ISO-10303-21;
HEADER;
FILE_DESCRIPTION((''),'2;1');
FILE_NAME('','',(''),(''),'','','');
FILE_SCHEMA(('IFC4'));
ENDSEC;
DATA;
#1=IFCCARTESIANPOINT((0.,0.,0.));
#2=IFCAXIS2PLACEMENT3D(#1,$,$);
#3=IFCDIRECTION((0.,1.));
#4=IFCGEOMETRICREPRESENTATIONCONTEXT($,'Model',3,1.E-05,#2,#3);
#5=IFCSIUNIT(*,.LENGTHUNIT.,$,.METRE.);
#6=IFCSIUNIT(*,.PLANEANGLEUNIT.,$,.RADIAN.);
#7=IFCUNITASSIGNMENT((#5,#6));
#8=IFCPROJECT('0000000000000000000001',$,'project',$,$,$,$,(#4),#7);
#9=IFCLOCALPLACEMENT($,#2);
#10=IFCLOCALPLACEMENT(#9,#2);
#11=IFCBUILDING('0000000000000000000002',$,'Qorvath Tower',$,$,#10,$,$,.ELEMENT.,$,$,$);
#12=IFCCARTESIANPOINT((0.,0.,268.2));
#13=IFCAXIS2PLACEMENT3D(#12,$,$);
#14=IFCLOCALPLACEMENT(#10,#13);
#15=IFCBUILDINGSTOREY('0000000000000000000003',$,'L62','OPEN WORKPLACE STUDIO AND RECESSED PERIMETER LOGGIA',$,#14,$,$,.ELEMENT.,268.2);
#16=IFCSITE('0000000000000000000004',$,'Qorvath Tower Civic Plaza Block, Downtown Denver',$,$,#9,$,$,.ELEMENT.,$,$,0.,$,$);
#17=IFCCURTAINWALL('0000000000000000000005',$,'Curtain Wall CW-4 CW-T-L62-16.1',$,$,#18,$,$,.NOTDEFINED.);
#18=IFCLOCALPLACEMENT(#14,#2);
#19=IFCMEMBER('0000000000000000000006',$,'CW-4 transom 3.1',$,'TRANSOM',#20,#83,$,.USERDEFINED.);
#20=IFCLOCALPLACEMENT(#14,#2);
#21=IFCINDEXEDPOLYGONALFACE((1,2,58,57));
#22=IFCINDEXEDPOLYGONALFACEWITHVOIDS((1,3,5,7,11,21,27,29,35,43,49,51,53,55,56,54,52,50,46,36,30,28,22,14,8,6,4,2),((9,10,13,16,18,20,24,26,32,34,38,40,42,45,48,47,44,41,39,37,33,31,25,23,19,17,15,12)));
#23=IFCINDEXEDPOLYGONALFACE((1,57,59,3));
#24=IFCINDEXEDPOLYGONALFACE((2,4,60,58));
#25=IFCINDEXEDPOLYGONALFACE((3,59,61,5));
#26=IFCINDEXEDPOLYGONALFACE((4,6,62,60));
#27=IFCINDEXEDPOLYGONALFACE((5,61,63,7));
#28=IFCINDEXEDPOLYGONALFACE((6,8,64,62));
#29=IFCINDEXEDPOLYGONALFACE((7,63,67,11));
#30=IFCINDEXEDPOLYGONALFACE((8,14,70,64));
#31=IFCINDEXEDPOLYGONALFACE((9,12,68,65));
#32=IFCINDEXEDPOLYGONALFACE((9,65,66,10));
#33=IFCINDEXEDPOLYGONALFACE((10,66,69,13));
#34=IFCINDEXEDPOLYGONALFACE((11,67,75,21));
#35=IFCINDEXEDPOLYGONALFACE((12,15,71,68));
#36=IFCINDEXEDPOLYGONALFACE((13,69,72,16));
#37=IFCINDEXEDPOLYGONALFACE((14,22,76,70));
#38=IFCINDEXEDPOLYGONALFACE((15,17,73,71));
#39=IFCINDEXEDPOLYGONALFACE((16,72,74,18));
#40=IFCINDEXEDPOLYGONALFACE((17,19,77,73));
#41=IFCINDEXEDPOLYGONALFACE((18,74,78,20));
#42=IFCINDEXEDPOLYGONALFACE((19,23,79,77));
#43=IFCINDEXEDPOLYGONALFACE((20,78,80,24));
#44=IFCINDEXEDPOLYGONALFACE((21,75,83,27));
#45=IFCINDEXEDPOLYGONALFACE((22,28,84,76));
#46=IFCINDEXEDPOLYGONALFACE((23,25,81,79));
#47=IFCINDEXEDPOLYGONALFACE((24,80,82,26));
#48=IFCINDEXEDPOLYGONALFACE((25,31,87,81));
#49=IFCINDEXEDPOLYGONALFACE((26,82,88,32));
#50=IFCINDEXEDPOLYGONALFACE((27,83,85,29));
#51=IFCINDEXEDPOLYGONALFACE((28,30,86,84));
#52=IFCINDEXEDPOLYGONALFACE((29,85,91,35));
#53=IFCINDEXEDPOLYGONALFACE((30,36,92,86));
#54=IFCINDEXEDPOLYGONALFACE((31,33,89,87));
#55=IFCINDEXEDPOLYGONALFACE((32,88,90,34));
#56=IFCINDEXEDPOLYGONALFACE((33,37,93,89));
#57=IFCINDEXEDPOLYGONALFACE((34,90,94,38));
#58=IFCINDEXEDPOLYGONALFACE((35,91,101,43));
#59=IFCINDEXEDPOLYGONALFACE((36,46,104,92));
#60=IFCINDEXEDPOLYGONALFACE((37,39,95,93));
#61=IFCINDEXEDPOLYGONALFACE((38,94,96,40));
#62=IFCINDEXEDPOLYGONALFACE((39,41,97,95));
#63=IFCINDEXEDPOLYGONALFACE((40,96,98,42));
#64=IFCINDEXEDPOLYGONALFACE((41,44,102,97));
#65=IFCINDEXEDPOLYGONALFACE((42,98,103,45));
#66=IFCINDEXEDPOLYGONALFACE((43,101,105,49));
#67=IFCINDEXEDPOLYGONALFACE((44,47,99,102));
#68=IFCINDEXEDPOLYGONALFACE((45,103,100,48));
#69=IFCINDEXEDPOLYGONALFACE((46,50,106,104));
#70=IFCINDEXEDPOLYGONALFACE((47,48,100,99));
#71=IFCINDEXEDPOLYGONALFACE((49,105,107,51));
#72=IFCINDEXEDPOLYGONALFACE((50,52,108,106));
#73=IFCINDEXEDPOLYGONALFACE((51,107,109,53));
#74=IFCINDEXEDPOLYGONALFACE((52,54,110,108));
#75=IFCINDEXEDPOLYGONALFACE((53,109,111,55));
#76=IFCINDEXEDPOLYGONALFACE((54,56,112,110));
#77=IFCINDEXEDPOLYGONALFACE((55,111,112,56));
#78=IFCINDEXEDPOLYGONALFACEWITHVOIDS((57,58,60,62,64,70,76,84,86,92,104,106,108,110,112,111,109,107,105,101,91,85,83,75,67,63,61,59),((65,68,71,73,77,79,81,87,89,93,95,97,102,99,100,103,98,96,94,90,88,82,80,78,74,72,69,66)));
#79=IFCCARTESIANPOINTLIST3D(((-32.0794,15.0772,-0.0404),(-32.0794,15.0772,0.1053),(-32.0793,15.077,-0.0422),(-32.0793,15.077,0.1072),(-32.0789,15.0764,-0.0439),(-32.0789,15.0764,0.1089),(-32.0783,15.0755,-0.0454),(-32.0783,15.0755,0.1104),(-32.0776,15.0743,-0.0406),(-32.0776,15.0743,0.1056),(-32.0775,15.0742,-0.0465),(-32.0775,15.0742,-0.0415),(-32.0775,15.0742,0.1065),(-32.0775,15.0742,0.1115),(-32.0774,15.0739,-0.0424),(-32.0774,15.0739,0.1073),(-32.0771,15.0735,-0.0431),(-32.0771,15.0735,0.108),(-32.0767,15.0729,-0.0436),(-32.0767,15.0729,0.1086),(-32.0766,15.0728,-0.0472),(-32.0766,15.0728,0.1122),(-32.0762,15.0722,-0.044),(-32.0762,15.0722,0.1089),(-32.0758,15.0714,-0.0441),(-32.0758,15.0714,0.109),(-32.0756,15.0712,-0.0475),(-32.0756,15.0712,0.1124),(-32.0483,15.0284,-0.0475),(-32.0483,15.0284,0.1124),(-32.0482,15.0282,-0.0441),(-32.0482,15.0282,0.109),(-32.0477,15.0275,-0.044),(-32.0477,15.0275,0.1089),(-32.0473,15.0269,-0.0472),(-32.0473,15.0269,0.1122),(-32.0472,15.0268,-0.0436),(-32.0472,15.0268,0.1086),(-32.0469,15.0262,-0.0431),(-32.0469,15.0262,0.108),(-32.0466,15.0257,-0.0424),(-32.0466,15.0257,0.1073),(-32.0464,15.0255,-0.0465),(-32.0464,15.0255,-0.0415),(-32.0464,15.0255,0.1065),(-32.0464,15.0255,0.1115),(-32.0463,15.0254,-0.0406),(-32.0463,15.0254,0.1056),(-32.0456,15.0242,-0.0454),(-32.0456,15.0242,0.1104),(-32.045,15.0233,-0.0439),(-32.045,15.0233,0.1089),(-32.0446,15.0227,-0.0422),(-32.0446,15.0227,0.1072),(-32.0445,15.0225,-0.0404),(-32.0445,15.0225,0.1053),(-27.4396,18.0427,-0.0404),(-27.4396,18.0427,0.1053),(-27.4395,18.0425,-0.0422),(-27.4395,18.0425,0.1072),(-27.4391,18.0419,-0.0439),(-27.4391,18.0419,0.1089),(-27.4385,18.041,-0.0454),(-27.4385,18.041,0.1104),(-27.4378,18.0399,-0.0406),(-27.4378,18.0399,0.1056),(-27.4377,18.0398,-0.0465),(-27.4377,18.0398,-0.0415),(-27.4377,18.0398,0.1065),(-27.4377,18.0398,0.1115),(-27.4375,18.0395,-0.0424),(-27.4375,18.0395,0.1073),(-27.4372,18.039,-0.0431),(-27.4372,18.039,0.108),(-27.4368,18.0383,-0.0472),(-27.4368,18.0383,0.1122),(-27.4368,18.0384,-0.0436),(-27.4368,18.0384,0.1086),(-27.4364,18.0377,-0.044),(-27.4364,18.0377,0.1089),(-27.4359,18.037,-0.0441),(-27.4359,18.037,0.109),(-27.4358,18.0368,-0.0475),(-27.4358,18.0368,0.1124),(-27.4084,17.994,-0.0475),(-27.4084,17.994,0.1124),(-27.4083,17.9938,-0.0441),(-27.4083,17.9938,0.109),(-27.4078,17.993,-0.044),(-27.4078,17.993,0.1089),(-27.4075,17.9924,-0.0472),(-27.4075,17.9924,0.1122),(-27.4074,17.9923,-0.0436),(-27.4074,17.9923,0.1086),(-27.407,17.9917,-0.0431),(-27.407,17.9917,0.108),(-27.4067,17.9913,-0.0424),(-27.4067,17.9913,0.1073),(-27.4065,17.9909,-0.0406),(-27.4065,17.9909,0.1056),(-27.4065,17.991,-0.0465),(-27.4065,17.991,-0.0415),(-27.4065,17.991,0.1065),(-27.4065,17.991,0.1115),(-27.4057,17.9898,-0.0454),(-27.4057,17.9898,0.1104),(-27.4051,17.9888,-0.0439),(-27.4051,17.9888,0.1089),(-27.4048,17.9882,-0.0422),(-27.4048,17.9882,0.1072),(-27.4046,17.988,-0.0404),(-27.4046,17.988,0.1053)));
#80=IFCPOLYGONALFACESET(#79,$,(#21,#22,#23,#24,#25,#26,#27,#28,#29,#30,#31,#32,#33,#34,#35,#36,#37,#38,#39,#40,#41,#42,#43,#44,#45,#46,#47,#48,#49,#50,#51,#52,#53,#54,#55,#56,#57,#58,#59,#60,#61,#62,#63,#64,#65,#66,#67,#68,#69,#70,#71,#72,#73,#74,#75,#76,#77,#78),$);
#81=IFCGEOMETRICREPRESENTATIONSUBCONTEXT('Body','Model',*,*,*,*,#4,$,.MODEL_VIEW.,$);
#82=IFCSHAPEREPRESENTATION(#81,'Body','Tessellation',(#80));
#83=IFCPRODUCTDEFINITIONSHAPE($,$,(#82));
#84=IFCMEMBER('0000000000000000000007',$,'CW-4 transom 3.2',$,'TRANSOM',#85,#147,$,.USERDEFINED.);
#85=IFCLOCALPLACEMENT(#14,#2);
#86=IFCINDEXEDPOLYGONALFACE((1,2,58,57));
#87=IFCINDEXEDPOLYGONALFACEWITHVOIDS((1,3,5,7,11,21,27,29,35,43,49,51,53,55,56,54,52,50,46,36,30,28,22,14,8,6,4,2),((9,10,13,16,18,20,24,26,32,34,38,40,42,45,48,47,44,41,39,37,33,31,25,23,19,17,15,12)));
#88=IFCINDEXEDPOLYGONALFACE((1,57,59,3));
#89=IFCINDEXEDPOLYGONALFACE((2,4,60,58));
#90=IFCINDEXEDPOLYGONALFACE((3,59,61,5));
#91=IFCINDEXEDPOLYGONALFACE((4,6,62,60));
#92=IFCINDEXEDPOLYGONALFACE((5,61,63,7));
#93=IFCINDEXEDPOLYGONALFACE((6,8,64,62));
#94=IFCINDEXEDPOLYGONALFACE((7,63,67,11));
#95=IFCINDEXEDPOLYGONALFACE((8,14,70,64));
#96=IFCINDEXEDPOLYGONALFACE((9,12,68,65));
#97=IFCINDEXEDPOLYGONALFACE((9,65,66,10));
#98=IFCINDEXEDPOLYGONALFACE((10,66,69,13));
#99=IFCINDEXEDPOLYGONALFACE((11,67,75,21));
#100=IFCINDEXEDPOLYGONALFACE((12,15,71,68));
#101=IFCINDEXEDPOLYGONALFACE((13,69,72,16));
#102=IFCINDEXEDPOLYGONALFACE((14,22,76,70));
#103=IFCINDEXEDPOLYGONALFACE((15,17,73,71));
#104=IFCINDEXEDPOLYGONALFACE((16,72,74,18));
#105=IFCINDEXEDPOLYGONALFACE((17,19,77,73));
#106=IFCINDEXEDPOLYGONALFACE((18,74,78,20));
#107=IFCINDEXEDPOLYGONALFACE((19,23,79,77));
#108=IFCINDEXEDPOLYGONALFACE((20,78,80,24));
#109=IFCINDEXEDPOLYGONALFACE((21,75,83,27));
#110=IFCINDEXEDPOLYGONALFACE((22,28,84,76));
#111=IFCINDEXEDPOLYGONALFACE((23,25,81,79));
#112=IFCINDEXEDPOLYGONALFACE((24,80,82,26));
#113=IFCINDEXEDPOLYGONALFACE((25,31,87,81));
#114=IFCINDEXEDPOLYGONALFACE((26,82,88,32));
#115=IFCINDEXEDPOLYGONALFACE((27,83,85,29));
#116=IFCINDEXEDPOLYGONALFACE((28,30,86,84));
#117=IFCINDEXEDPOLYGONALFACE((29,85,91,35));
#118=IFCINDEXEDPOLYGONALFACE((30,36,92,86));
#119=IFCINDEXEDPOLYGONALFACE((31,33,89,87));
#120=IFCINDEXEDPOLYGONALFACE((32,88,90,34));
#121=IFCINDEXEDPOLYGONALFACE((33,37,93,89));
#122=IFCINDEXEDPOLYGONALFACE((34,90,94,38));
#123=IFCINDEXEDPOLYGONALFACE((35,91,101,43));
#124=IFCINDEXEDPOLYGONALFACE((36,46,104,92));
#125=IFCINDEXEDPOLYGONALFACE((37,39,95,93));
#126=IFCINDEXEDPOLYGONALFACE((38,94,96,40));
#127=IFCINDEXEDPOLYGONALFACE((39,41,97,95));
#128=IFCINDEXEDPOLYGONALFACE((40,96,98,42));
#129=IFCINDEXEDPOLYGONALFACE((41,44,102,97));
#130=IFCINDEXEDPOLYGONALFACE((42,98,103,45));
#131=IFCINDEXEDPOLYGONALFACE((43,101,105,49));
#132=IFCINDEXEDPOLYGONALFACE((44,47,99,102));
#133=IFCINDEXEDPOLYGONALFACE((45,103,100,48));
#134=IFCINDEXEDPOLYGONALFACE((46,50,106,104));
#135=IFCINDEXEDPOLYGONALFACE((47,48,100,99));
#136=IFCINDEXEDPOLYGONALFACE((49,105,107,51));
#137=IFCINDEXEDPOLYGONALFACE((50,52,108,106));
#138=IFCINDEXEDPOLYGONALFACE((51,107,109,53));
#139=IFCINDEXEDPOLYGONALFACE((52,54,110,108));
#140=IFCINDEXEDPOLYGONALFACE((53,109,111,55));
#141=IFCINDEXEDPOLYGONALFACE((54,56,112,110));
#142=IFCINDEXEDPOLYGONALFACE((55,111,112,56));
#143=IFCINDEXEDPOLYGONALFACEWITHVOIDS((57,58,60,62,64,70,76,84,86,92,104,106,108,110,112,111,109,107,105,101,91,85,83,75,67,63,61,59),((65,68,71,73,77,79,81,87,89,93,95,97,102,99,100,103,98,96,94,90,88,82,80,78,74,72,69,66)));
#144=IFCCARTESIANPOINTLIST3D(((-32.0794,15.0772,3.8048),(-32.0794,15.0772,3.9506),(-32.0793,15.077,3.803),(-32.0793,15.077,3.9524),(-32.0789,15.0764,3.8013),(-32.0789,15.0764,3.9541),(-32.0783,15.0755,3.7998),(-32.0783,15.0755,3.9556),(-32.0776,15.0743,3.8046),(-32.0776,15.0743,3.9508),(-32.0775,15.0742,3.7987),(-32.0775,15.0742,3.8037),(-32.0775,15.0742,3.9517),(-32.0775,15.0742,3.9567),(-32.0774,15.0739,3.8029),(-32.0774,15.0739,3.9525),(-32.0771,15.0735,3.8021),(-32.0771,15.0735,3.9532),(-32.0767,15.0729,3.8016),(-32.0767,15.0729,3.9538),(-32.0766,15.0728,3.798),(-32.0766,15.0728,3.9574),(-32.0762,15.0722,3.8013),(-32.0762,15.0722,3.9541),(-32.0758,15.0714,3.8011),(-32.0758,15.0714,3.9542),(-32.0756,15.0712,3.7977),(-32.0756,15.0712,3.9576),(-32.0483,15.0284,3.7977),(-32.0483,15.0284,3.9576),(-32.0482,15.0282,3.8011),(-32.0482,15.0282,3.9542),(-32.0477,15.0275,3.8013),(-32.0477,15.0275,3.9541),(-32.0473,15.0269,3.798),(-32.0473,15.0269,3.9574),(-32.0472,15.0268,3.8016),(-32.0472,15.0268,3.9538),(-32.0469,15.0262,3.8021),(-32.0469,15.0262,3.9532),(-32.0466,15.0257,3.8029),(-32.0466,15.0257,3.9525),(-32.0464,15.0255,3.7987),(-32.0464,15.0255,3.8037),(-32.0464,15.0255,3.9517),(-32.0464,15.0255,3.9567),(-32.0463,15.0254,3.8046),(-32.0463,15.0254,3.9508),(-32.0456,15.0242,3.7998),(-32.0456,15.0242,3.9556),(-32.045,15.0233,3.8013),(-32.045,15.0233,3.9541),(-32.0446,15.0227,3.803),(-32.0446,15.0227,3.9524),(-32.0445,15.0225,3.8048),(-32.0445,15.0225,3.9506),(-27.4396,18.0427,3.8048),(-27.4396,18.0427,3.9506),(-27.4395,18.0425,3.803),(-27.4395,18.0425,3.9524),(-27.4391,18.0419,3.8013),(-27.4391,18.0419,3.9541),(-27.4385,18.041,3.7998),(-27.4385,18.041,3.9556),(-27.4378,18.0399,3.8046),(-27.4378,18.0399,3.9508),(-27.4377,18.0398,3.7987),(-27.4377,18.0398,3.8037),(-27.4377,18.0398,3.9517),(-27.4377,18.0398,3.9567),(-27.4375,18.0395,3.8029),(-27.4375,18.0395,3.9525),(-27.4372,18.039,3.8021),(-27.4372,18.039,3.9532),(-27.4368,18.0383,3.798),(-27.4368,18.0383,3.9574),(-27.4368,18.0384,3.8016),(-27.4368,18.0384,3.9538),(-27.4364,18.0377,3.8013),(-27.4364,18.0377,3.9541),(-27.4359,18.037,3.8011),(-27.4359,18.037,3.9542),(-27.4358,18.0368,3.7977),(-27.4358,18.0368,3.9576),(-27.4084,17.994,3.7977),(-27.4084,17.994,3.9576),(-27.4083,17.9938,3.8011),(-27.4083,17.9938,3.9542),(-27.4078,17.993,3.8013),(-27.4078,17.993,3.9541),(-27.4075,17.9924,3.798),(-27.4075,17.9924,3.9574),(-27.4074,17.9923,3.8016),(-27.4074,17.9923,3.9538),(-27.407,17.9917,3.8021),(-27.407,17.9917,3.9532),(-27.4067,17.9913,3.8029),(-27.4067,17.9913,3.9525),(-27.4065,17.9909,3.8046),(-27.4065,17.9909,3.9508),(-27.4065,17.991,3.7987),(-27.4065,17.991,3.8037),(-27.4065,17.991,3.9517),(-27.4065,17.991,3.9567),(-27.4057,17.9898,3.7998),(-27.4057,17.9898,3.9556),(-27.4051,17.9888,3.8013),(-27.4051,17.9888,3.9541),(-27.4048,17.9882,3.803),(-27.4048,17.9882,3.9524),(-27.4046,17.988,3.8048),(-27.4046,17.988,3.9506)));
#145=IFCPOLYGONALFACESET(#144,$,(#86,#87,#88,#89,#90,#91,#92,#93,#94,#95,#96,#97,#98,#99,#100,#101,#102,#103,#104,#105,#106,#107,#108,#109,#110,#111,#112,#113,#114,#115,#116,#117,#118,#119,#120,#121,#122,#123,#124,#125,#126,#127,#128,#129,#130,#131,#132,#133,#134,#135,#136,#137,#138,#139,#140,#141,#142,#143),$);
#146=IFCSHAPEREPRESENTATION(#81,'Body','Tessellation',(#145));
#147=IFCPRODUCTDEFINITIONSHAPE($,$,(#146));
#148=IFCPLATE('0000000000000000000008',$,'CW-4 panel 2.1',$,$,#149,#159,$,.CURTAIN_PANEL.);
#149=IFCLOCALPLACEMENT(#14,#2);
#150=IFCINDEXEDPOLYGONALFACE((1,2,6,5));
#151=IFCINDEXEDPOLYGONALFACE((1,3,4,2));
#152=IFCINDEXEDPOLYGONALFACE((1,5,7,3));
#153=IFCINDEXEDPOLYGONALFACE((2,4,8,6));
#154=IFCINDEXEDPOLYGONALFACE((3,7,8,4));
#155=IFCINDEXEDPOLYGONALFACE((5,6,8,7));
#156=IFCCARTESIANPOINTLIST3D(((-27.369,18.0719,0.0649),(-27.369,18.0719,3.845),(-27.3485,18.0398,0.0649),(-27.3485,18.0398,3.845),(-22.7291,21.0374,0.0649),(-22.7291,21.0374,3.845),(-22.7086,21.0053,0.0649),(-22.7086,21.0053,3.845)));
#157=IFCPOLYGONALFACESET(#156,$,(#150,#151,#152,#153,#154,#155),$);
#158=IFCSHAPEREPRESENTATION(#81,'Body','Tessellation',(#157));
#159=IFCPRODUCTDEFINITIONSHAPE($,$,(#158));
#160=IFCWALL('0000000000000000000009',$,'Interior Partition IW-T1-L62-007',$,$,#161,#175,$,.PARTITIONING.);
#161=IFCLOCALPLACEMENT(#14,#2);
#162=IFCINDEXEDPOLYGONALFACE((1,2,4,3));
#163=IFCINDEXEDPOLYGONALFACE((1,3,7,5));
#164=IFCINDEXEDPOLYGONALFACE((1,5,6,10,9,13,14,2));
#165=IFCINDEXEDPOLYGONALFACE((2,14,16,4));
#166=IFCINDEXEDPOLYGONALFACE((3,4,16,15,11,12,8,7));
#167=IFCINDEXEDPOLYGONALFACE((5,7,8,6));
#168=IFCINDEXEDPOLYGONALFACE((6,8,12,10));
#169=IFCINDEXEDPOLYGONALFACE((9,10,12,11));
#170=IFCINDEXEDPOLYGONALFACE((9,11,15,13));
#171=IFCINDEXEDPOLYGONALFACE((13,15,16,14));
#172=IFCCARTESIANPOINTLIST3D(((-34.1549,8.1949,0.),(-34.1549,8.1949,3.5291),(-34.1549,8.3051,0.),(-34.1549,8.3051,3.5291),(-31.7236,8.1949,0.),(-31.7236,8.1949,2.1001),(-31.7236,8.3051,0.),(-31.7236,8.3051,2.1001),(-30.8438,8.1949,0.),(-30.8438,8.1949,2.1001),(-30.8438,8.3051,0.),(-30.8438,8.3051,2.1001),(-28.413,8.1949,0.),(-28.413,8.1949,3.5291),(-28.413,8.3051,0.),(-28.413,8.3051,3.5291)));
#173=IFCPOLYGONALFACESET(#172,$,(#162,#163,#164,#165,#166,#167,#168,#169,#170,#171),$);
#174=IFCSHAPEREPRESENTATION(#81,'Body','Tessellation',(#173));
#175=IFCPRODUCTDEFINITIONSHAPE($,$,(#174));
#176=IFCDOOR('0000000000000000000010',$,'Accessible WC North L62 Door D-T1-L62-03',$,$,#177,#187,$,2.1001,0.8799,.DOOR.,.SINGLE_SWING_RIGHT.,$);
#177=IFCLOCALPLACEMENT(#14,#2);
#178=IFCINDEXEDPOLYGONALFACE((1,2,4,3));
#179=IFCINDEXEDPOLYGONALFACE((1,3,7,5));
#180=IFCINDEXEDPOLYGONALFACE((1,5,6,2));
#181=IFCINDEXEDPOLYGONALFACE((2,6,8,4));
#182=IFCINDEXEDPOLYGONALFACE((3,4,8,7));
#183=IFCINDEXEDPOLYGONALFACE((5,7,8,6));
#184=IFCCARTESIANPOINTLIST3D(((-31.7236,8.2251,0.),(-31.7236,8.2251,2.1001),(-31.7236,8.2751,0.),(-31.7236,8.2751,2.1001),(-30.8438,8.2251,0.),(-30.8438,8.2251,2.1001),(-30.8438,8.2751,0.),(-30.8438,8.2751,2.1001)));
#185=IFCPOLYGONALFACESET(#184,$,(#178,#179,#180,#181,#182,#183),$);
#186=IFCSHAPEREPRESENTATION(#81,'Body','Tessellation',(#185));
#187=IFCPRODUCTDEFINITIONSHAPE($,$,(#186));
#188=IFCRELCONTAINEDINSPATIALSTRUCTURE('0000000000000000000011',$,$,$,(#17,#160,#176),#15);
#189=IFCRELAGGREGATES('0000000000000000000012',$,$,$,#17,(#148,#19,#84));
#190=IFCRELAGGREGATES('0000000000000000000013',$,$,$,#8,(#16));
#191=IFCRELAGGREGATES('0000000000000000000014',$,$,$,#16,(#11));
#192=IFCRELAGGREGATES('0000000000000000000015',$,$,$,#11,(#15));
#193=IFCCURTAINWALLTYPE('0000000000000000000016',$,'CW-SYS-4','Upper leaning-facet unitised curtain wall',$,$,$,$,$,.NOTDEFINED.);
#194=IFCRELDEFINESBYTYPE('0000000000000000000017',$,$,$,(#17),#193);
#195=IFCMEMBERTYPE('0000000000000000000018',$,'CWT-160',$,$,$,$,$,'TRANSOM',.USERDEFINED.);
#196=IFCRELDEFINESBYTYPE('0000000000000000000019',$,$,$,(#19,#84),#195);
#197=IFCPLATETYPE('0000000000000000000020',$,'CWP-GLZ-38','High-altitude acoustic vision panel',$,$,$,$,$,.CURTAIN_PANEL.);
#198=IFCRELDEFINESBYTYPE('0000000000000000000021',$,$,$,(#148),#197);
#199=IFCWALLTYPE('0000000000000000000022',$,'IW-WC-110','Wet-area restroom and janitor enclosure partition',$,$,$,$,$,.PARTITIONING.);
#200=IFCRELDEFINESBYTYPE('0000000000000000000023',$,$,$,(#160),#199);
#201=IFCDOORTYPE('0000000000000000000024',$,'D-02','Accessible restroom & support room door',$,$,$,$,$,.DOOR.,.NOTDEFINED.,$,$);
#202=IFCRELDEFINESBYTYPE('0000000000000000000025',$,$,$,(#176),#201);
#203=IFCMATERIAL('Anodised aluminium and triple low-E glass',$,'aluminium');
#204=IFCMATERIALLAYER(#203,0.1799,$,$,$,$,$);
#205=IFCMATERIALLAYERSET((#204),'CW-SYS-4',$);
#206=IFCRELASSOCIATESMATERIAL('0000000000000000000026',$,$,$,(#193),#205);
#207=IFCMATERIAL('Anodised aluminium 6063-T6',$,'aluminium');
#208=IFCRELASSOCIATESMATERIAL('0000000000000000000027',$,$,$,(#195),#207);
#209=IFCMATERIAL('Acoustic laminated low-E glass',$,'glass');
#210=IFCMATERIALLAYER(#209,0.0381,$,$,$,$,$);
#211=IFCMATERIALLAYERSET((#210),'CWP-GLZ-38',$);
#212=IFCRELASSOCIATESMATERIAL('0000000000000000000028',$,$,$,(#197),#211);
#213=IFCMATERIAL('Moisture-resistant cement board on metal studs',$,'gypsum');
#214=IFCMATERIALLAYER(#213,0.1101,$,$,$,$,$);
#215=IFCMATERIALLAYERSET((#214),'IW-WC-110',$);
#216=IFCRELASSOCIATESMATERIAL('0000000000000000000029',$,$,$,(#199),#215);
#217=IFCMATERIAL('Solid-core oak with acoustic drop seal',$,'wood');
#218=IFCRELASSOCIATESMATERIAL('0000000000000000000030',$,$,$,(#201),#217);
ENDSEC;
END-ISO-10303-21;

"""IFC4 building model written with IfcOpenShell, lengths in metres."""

from ifc_helpers import new_model, si_unit, direction, frame, frame_2d, origin, origin_2d, place, context, subcontext, project, spatial, rectangle, hollow_rectangle, extrude, material, layer, layer_set, material_profile, profile_set, type_object, element, fill, aggregate, save


model = new_model("IFC4")

# Units and contexts
model_context = context("Model", 3, precision=1e-05, world=origin(), true_north=direction((0.0, 1.0)))
body_context = subcontext(model_context, "Body", "Model", "MODEL_VIEW")
ifc_project = project(units=[si_unit("LENGTHUNIT", "METRE"), si_unit("PLANEANGLEUNIT", "RADIAN")], contexts=[model_context])

# Site, building, storey
site_placement = place(None, origin())
site = spatial("IfcSite", under=ifc_project, at=site_placement, Name="Qorvath Tower Civic Plaza Block, Downtown Denver", CompositionType="ELEMENT", RefElevation=0.0)
building_placement = place(site_placement, origin())
building = spatial("IfcBuilding", under=site, at=building_placement, Name="Qorvath Tower", CompositionType="ELEMENT")
storey_placement = place(building_placement, frame((0.0, 0.0, 268.2)))
storey = spatial("IfcBuildingStorey", under=building, at=storey_placement, Name="L62", Description="OPEN WORKPLACE STUDIO AND RECESSED PERIMETER LOGGIA", CompositionType="ELEMENT", Elevation=268.2)

# Curtain wall, members, plate
ifc_material_1 = material(Name="Anodised aluminium and triple low-E glass", Category="aluminium")
ifc_layer_1 = layer(ifc_material_1, 0.1799)
ifc_layer_set_1 = layer_set([ifc_layer_1], Name="CW-SYS-4")
curtain_wall_type = type_object("IfcCurtainWallType", Name="CW-SYS-4", Description="Upper leaning-facet unitised curtain wall", PredefinedType="NOTDEFINED", material=ifc_layer_set_1)
curtain_wall_placement = place(storey_placement, origin())
curtain_wall = element("IfcCurtainWall", 1, at=curtain_wall_placement, inside=storey, type_object=curtain_wall_type, Name="Curtain Wall CW-4 CW-T-L62-16.1", PredefinedType="NOTDEFINED")
ifc_material_2 = material(Name="Anodised aluminium 6063-T6", Category="aluminium")
ifc_material_profile_1 = material_profile(ifc_material_2, hollow_rectangle(XDim=0.0649, YDim=0.1599, WallThickness=0.0034, InnerFilletRadius=0.0034, OuterFilletRadius=0.0071, at=origin_2d()), Name="CWT 160x65")
ifc_profile_set_1 = profile_set([ifc_material_profile_1], Name="Anodised aluminium 6063-T6")
member_type_1 = type_object("IfcMemberType", Name="CWT-160", ElementType="TRANSOM", PredefinedType="USERDEFINED", material=ifc_profile_set_1)
member_1_placement = place(storey_placement, frame((-27.4221, 18.0154, 0.0325), z_axis=(-0.842597, -0.538544, 0.0), x_axis=(0.538544, -0.842597, 0.0)))
member_1 = element("IfcMember", 2, at=member_1_placement, type_object=member_type_1, Name="CW-4 transom 3.1", ObjectType="TRANSOM", PredefinedType="USERDEFINED", context=body_context, shape_type="SweptSolid", body=[
    extrude(hollow_rectangle(XDim=0.0649, YDim=0.1599, WallThickness=0.0034, InnerFilletRadius=0.0034, OuterFilletRadius=0.0071, at=origin_2d()), origin(), (0.0, 0.0, 1.0), 5.5066),
])
member_2_placement = place(storey_placement, frame((-27.4221, 18.0154, 3.8777), z_axis=(-0.842597, -0.538544, 0.0), x_axis=(0.538544, -0.842597, 0.0)))
member_2 = element("IfcMember", 3, at=member_2_placement, type_object=member_type_1, Name="CW-4 transom 3.2", ObjectType="TRANSOM", PredefinedType="USERDEFINED", context=body_context, shape_type="SweptSolid", body=[
    extrude(hollow_rectangle(XDim=0.0649, YDim=0.1599, WallThickness=0.0034, InnerFilletRadius=0.0034, OuterFilletRadius=0.0071, at=origin_2d()), origin(), (0.0, 0.0, 1.0), 5.5066),
])
ifc_material_3 = material(Name="Acoustic laminated low-E glass", Category="glass")
ifc_layer_2 = layer(ifc_material_3, 0.0381)
ifc_layer_set_2 = layer_set([ifc_layer_2], Name="CWP-GLZ-38")
plate_type = type_object("IfcPlateType", Name="CWP-GLZ-38", Description="High-altitude acoustic vision panel", PredefinedType="CURTAIN_PANEL", material=ifc_layer_set_2)
plate_placement = place(storey_placement, frame((-25.0388, 19.5386, 0.0649), z_axis=(0.0, 0.0, 1.0), x_axis=(-0.842604, -0.538534, 0.0)))
plate = element("IfcPlate", 4, at=plate_placement, type_object=plate_type, Name="CW-4 panel 2.1", PredefinedType="CURTAIN_PANEL", context=body_context, shape_type="SweptSolid", body=[
    extrude(rectangle(XDim=5.5066, YDim=0.0381, at=origin_2d()), origin(), (0.0, 0.0, 1.0), 3.78),
])
aggregate(curtain_wall, [plate, member_1, member_2])

# Wall, opening, door
ifc_material_4 = material(Name="Moisture-resistant cement board on metal studs", Category="gypsum")
ifc_layer_3 = layer(ifc_material_4, 0.1101)
ifc_layer_set_3 = layer_set([ifc_layer_3], Name="IW-WC-110")
wall_type_1 = type_object("IfcWallType", Name="IW-WC-110", Description="Wet-area restroom and janitor enclosure partition", PredefinedType="PARTITIONING", material=ifc_layer_set_3)
wall_1_placement = place(storey_placement, frame((-28.4128, 8.25, 0.0), z_axis=(0.0, 0.0, 1.0), x_axis=(-1.0, 0.0, 0.0)))
wall_1 = element("IfcWall", 5, at=wall_1_placement, inside=storey, type_object=wall_type_1, Name="Interior Partition IW-T1-L62-007", PredefinedType="PARTITIONING", context=body_context, shape_type="SweptSolid", body=[
    extrude(rectangle(XDim=5.7419, YDim=0.1101, at=frame_2d((2.8711, 0.0))), origin(), (0.0, 0.0, 1.0), 3.5291),
])
opening_1_placement = place(wall_1_placement, frame((2.4309, 0.0, 0.0)))
opening_1 = element("IfcOpeningElement", 6, at=opening_1_placement, cuts=wall_1, PredefinedType="OPENING", context=body_context, shape_type="SweptSolid", body=[
    extrude(rectangle(XDim=0.8799, YDim=2.1001, at=frame_2d((0.4399, 1.05))), frame((0.0, 0.0649, 0.0), z_axis=(0.0, -1.0, 0.0), x_axis=(1.0, 0.0, 0.0)), (0.0, 0.0, 1.0), 0.1301),
])
ifc_material_5 = material(Name="Solid-core oak with acoustic drop seal", Category="wood")
door_type_1 = type_object("IfcDoorType", Name="D-02", Description="Accessible restroom & support room door", OperationType="NOTDEFINED", PredefinedType="DOOR", material=ifc_material_5)
door_1_placement = place(opening_1_placement, origin())
door_1 = element("IfcDoor", 7, at=door_1_placement, inside=storey, type_object=door_type_1, Name="Accessible WC North L62 Door D-T1-L62-03", OperationType="SINGLE_SWING_RIGHT", OverallHeight=2.1001, OverallWidth=0.8799, PredefinedType="DOOR", context=body_context, shape_type="SweptSolid", body=[
    extrude(rectangle(XDim=0.8799, YDim=2.1001, at=frame_2d((0.4399, 1.05))), frame((0.0, 0.0249, 0.0), z_axis=(0.0, -1.0, 0.0), x_axis=(1.0, 0.0, 0.0)), (0.0, 0.0, 1.0), 0.05),
])
fill(opening_1, door_1)

save(model, "model.ifc")
